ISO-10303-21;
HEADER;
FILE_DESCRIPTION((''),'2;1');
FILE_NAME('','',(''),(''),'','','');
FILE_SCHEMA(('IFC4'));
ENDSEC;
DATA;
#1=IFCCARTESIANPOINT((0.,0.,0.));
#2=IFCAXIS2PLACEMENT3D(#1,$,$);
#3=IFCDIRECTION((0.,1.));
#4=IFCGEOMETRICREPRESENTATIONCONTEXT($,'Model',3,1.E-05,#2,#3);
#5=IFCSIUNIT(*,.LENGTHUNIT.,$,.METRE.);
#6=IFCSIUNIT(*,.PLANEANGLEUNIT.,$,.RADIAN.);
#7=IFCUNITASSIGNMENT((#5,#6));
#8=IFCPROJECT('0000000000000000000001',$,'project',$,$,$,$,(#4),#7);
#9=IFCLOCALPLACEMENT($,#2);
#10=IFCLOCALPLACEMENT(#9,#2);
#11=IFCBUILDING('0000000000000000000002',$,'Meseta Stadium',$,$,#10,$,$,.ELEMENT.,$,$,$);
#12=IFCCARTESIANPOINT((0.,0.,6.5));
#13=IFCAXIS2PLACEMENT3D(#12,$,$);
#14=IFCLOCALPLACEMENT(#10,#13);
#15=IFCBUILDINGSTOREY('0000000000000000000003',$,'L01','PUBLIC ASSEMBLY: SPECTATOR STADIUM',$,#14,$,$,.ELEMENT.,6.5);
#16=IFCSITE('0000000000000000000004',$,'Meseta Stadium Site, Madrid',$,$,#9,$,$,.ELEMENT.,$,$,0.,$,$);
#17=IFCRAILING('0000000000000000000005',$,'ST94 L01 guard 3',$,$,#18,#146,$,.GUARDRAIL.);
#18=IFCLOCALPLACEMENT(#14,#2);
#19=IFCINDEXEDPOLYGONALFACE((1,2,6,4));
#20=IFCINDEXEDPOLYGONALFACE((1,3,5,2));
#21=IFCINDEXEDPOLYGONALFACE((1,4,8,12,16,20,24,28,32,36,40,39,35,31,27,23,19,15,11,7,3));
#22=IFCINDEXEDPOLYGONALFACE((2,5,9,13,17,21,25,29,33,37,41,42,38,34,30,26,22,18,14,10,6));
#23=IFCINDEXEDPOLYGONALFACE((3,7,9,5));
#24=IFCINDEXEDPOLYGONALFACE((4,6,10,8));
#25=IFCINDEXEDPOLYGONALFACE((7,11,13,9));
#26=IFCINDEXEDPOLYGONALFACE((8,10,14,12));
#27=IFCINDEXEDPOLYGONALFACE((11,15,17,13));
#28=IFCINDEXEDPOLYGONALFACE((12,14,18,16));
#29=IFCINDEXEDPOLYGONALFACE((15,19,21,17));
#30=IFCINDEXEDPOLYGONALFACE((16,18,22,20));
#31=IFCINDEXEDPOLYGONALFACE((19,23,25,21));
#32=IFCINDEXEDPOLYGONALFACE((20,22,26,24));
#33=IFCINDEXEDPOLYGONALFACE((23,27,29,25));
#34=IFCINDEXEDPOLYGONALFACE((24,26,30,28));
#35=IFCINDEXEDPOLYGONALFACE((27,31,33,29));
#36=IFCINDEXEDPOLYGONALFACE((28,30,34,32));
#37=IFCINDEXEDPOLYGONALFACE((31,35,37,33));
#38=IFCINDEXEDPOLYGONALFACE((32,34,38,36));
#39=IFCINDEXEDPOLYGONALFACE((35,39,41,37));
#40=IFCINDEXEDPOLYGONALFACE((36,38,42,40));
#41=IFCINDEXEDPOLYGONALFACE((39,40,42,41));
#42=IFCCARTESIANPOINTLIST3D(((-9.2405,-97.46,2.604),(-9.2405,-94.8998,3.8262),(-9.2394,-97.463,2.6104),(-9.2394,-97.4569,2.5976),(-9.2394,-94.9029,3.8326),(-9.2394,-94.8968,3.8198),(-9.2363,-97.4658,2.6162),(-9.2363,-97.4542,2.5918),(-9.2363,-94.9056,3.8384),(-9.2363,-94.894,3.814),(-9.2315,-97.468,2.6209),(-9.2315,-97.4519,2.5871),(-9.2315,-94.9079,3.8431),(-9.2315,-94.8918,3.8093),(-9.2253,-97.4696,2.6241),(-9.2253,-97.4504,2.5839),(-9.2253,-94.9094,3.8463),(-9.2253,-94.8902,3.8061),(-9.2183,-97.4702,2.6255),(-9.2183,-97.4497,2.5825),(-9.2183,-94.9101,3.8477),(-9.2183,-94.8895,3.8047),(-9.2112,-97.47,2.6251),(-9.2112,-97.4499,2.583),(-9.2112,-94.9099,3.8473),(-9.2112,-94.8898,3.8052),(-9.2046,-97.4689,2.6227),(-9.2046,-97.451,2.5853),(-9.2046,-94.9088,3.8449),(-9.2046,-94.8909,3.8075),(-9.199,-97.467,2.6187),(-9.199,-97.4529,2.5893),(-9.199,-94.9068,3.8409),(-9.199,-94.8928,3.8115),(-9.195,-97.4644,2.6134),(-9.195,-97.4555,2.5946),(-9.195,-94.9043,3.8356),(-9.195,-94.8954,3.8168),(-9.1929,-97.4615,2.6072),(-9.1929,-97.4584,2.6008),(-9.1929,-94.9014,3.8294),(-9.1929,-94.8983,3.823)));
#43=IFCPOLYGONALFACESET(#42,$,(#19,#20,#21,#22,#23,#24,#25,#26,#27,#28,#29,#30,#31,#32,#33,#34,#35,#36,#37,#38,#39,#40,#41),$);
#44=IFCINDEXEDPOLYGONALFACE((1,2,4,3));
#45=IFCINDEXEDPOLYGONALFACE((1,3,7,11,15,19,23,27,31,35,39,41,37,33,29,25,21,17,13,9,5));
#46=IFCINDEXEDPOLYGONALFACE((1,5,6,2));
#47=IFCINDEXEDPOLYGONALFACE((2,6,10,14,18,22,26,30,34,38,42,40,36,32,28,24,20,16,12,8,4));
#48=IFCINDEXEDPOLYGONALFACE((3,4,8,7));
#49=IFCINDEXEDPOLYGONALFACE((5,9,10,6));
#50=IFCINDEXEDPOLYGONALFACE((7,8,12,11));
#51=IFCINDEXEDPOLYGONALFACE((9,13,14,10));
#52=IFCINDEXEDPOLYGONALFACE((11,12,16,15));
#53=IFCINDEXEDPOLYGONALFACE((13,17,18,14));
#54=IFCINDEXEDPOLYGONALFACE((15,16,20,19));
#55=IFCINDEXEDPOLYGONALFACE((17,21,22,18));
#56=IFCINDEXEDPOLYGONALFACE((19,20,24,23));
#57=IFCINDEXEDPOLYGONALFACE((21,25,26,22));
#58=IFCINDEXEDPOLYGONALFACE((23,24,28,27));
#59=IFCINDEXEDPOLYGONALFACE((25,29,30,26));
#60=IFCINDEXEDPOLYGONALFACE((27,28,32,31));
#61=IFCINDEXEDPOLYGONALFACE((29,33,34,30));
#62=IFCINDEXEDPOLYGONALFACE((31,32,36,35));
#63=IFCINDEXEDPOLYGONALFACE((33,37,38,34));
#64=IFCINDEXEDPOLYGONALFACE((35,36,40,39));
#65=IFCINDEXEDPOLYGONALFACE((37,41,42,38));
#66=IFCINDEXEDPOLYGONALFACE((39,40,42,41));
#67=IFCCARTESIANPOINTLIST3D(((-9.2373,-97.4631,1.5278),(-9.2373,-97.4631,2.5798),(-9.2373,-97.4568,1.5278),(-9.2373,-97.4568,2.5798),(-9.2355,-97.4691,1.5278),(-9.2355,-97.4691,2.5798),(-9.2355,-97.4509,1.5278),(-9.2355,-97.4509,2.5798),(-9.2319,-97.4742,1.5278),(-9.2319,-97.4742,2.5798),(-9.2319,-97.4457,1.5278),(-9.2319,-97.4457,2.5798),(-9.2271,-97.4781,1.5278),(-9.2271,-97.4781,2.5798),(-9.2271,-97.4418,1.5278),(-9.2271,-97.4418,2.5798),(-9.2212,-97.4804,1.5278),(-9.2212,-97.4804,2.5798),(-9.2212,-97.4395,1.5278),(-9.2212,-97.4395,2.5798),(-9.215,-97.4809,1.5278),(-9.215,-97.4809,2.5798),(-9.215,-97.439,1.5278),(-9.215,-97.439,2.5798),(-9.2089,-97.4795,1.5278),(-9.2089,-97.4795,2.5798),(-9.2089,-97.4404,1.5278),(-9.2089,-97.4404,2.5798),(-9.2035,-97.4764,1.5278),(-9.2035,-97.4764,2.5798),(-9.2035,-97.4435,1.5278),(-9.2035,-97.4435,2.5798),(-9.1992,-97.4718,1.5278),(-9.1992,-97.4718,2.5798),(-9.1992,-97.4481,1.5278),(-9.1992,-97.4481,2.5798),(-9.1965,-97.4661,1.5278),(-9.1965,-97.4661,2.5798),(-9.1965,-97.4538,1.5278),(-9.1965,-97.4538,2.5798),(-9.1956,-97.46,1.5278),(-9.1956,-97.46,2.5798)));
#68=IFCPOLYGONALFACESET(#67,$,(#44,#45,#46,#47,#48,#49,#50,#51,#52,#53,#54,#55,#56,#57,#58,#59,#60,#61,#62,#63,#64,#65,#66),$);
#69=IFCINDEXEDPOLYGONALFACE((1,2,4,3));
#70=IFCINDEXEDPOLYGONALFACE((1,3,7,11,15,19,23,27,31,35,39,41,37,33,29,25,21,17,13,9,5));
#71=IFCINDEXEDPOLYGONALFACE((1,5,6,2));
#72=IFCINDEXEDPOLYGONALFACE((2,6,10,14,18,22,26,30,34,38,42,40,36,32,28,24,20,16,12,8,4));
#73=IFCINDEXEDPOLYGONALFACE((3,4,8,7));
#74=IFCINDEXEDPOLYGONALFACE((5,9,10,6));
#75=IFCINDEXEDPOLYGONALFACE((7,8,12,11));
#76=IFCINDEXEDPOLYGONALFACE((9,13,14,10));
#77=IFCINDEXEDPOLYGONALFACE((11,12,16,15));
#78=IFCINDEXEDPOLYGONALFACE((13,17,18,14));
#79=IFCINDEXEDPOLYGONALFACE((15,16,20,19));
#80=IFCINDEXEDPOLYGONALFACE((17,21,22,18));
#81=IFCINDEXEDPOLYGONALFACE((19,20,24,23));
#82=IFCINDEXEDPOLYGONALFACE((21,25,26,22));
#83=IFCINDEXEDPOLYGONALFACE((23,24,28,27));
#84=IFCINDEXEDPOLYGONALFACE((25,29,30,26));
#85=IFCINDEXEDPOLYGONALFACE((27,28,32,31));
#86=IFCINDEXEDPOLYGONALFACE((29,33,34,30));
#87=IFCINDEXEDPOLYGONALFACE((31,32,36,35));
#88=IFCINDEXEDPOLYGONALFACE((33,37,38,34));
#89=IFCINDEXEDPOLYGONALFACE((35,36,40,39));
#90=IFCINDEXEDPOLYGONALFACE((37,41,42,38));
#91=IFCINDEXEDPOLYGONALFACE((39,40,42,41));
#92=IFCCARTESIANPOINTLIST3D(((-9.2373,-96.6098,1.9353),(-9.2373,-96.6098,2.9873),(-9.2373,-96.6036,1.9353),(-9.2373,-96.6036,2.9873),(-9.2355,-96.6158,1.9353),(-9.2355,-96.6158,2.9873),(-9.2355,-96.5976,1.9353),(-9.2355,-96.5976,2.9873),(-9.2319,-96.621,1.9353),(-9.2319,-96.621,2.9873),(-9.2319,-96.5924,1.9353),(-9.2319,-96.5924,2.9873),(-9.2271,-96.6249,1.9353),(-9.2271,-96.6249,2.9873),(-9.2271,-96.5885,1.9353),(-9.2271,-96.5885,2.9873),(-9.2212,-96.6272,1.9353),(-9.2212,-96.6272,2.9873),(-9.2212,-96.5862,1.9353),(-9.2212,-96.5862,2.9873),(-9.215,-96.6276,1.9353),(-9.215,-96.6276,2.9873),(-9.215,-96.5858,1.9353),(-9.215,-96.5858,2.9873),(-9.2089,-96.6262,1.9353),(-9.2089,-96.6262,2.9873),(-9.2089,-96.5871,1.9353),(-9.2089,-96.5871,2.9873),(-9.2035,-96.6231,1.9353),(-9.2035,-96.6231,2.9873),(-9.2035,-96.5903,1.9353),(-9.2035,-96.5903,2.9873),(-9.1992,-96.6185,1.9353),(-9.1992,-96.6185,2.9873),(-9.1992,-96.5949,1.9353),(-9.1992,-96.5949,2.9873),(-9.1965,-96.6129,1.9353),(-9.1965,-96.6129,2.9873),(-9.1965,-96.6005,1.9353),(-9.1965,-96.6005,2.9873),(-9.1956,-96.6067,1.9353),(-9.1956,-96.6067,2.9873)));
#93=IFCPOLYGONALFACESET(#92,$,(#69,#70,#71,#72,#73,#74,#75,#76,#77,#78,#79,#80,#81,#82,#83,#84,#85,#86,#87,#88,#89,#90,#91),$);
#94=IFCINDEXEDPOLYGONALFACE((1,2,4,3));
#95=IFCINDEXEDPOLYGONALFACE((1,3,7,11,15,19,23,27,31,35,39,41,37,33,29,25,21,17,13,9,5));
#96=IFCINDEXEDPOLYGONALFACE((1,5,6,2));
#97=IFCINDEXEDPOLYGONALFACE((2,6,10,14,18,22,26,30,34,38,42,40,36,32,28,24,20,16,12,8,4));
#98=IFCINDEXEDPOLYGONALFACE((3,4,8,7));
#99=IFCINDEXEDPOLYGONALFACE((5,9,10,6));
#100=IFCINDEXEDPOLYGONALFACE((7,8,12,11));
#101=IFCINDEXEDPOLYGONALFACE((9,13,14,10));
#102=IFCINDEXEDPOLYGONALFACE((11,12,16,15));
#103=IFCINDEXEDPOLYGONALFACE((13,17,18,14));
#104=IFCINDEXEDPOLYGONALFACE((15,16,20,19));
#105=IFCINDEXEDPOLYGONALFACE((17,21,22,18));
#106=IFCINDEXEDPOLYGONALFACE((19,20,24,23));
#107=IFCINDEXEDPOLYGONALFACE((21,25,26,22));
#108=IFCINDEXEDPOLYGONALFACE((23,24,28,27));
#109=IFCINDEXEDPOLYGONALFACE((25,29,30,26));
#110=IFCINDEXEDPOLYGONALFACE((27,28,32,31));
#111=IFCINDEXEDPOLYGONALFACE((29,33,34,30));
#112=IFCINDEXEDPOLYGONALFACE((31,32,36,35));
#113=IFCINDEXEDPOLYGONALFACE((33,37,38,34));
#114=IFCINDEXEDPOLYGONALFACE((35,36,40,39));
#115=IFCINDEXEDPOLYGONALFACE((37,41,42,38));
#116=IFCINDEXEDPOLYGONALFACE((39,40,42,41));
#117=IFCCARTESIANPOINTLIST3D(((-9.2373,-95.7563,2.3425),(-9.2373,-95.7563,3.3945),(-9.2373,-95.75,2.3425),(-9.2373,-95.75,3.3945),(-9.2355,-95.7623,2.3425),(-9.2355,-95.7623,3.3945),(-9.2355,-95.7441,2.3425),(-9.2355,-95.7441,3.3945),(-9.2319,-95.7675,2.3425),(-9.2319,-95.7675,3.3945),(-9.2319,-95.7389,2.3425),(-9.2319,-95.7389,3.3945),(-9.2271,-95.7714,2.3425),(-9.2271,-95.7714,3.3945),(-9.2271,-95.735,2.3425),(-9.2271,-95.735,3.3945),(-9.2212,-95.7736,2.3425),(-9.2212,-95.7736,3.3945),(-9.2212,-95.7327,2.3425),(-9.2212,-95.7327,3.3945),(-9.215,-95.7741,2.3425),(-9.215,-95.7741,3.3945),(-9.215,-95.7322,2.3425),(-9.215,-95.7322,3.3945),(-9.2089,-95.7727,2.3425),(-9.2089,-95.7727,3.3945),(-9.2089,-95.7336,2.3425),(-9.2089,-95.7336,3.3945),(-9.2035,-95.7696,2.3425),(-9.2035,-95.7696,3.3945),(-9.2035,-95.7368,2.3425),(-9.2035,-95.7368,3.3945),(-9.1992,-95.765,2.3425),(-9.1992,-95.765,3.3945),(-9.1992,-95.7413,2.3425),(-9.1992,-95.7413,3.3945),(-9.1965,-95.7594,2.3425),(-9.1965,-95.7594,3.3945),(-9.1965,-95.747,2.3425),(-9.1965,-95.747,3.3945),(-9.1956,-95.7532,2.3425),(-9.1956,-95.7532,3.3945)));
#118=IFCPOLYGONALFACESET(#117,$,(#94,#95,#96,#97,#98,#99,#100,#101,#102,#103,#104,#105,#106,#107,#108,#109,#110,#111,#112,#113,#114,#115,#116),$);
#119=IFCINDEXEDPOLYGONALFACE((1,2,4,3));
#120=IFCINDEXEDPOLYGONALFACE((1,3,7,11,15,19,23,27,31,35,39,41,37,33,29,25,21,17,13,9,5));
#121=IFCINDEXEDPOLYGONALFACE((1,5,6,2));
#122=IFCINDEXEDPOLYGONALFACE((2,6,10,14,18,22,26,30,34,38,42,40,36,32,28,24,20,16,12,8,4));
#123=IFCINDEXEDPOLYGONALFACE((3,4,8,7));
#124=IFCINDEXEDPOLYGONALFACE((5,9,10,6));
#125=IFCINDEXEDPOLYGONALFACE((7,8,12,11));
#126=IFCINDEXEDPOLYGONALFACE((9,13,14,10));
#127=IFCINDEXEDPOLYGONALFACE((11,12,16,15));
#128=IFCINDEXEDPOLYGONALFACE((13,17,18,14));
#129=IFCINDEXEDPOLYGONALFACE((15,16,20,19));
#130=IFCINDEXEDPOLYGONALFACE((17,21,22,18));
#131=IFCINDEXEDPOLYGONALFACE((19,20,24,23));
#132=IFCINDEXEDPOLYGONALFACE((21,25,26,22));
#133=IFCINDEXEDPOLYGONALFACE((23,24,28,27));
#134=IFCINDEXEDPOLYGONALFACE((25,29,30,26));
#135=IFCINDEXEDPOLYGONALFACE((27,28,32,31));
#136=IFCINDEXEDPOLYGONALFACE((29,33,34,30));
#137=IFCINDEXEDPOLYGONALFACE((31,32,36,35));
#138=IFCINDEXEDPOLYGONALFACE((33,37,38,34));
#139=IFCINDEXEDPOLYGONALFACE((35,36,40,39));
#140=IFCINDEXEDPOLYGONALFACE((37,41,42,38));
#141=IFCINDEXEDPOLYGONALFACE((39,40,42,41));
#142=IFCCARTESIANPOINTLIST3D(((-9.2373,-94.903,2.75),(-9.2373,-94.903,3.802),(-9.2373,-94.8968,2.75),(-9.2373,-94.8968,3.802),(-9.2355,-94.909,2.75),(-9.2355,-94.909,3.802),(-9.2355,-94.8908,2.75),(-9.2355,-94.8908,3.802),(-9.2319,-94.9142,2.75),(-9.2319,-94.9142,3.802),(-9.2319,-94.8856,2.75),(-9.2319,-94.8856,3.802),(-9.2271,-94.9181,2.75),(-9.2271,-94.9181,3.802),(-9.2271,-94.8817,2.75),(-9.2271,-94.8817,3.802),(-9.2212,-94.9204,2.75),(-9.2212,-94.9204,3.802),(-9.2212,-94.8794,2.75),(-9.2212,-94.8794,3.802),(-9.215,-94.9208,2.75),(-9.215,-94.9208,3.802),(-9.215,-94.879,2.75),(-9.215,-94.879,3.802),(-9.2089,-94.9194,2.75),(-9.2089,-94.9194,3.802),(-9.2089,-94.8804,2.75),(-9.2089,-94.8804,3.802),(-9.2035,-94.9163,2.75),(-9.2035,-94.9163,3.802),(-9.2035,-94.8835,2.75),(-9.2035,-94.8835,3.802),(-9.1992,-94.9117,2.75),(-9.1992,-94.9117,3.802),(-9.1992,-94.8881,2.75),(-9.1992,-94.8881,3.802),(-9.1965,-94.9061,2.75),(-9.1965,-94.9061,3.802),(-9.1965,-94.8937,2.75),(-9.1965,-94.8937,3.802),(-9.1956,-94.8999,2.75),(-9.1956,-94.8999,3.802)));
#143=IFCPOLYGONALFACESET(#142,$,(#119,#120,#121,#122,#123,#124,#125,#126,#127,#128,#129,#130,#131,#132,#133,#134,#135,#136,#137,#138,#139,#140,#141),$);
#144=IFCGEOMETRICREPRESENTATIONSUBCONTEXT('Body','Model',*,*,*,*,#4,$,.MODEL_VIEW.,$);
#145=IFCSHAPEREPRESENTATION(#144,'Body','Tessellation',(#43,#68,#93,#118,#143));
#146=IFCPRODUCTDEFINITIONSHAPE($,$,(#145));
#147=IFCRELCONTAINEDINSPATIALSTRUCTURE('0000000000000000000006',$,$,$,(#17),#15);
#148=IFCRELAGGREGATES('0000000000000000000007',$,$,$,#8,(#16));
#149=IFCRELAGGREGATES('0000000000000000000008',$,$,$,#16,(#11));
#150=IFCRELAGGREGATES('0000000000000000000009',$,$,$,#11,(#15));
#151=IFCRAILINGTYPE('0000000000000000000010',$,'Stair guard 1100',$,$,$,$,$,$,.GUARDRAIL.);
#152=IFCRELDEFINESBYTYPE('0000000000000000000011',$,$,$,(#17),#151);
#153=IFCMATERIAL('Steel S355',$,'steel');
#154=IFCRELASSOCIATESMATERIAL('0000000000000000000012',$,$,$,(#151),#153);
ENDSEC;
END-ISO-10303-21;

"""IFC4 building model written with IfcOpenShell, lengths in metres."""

from ifc_helpers import new_model, si_unit, direction, frame, origin, origin_2d, place, context, subcontext, project, spatial, circle, extrude, material, type_object, element, save


model = new_model("IFC4")

# Units and contexts
model_context = context("Model", 3, precision=1e-05, world=origin(), true_north=direction((0.0, 1.0)))
body_context = subcontext(model_context, "Body", "Model", "MODEL_VIEW")
ifc_project = project(units=[si_unit("LENGTHUNIT", "METRE"), si_unit("PLANEANGLEUNIT", "RADIAN")], contexts=[model_context])

# Site, building, storey
site_placement = place(None, origin())
site = spatial("IfcSite", under=ifc_project, at=site_placement, Name="Meseta Stadium Site, Madrid", CompositionType="ELEMENT", RefElevation=0.0)
building_placement = place(site_placement, origin())
building = spatial("IfcBuilding", under=site, at=building_placement, Name="Meseta Stadium", CompositionType="ELEMENT")
storey_placement = place(building_placement, frame((0.0, 0.0, 6.5)))
storey = spatial("IfcBuildingStorey", under=building, at=storey_placement, Name="L01", Description="PUBLIC ASSEMBLY: SPECTATOR STADIUM", CompositionType="ELEMENT", Elevation=6.5)

# Railing
ifc_material_1 = material(Name="Steel S355", Category="steel")
railing_type_1 = type_object("IfcRailingType", Name="Stair guard 1100", PredefinedType="GUARDRAIL", material=ifc_material_1)
railing_1_placement = place(storey_placement, frame((-9.2166, -97.46, 1.5278)))
element("IfcRailing", 1, at=railing_1_placement, inside=storey, type_object=railing_type_1, Name="ST94 L01 guard 3", PredefinedType="GUARDRAIL", context=body_context, shape_type="SweptSolid", body=[
    extrude(circle(Radius=0.0239, at=origin_2d()), frame((0.0, 0.0, 1.0762), z_axis=(0.0, 0.902437, 0.430822), x_axis=(-1.0, 0.0, 0.0)), (0.0, 0.0, 1.0), 2.8369),
    extrude(circle(Radius=0.021, at=origin_2d()), origin(), (0.0, 0.0, 1.0), 1.052),
    extrude(circle(Radius=0.021, at=origin_2d()), frame((0.0, 0.8533, 0.4075)), (0.0, 0.0, 1.0), 1.052),
    extrude(circle(Radius=0.021, at=origin_2d()), frame((0.0, 1.7068, 0.8147)), (0.0, 0.0, 1.0), 1.052),
    extrude(circle(Radius=0.021, at=origin_2d()), frame((0.0, 2.5601, 1.2222)), (0.0, 0.0, 1.0), 1.052),
])

save(model, "model.ifc")
